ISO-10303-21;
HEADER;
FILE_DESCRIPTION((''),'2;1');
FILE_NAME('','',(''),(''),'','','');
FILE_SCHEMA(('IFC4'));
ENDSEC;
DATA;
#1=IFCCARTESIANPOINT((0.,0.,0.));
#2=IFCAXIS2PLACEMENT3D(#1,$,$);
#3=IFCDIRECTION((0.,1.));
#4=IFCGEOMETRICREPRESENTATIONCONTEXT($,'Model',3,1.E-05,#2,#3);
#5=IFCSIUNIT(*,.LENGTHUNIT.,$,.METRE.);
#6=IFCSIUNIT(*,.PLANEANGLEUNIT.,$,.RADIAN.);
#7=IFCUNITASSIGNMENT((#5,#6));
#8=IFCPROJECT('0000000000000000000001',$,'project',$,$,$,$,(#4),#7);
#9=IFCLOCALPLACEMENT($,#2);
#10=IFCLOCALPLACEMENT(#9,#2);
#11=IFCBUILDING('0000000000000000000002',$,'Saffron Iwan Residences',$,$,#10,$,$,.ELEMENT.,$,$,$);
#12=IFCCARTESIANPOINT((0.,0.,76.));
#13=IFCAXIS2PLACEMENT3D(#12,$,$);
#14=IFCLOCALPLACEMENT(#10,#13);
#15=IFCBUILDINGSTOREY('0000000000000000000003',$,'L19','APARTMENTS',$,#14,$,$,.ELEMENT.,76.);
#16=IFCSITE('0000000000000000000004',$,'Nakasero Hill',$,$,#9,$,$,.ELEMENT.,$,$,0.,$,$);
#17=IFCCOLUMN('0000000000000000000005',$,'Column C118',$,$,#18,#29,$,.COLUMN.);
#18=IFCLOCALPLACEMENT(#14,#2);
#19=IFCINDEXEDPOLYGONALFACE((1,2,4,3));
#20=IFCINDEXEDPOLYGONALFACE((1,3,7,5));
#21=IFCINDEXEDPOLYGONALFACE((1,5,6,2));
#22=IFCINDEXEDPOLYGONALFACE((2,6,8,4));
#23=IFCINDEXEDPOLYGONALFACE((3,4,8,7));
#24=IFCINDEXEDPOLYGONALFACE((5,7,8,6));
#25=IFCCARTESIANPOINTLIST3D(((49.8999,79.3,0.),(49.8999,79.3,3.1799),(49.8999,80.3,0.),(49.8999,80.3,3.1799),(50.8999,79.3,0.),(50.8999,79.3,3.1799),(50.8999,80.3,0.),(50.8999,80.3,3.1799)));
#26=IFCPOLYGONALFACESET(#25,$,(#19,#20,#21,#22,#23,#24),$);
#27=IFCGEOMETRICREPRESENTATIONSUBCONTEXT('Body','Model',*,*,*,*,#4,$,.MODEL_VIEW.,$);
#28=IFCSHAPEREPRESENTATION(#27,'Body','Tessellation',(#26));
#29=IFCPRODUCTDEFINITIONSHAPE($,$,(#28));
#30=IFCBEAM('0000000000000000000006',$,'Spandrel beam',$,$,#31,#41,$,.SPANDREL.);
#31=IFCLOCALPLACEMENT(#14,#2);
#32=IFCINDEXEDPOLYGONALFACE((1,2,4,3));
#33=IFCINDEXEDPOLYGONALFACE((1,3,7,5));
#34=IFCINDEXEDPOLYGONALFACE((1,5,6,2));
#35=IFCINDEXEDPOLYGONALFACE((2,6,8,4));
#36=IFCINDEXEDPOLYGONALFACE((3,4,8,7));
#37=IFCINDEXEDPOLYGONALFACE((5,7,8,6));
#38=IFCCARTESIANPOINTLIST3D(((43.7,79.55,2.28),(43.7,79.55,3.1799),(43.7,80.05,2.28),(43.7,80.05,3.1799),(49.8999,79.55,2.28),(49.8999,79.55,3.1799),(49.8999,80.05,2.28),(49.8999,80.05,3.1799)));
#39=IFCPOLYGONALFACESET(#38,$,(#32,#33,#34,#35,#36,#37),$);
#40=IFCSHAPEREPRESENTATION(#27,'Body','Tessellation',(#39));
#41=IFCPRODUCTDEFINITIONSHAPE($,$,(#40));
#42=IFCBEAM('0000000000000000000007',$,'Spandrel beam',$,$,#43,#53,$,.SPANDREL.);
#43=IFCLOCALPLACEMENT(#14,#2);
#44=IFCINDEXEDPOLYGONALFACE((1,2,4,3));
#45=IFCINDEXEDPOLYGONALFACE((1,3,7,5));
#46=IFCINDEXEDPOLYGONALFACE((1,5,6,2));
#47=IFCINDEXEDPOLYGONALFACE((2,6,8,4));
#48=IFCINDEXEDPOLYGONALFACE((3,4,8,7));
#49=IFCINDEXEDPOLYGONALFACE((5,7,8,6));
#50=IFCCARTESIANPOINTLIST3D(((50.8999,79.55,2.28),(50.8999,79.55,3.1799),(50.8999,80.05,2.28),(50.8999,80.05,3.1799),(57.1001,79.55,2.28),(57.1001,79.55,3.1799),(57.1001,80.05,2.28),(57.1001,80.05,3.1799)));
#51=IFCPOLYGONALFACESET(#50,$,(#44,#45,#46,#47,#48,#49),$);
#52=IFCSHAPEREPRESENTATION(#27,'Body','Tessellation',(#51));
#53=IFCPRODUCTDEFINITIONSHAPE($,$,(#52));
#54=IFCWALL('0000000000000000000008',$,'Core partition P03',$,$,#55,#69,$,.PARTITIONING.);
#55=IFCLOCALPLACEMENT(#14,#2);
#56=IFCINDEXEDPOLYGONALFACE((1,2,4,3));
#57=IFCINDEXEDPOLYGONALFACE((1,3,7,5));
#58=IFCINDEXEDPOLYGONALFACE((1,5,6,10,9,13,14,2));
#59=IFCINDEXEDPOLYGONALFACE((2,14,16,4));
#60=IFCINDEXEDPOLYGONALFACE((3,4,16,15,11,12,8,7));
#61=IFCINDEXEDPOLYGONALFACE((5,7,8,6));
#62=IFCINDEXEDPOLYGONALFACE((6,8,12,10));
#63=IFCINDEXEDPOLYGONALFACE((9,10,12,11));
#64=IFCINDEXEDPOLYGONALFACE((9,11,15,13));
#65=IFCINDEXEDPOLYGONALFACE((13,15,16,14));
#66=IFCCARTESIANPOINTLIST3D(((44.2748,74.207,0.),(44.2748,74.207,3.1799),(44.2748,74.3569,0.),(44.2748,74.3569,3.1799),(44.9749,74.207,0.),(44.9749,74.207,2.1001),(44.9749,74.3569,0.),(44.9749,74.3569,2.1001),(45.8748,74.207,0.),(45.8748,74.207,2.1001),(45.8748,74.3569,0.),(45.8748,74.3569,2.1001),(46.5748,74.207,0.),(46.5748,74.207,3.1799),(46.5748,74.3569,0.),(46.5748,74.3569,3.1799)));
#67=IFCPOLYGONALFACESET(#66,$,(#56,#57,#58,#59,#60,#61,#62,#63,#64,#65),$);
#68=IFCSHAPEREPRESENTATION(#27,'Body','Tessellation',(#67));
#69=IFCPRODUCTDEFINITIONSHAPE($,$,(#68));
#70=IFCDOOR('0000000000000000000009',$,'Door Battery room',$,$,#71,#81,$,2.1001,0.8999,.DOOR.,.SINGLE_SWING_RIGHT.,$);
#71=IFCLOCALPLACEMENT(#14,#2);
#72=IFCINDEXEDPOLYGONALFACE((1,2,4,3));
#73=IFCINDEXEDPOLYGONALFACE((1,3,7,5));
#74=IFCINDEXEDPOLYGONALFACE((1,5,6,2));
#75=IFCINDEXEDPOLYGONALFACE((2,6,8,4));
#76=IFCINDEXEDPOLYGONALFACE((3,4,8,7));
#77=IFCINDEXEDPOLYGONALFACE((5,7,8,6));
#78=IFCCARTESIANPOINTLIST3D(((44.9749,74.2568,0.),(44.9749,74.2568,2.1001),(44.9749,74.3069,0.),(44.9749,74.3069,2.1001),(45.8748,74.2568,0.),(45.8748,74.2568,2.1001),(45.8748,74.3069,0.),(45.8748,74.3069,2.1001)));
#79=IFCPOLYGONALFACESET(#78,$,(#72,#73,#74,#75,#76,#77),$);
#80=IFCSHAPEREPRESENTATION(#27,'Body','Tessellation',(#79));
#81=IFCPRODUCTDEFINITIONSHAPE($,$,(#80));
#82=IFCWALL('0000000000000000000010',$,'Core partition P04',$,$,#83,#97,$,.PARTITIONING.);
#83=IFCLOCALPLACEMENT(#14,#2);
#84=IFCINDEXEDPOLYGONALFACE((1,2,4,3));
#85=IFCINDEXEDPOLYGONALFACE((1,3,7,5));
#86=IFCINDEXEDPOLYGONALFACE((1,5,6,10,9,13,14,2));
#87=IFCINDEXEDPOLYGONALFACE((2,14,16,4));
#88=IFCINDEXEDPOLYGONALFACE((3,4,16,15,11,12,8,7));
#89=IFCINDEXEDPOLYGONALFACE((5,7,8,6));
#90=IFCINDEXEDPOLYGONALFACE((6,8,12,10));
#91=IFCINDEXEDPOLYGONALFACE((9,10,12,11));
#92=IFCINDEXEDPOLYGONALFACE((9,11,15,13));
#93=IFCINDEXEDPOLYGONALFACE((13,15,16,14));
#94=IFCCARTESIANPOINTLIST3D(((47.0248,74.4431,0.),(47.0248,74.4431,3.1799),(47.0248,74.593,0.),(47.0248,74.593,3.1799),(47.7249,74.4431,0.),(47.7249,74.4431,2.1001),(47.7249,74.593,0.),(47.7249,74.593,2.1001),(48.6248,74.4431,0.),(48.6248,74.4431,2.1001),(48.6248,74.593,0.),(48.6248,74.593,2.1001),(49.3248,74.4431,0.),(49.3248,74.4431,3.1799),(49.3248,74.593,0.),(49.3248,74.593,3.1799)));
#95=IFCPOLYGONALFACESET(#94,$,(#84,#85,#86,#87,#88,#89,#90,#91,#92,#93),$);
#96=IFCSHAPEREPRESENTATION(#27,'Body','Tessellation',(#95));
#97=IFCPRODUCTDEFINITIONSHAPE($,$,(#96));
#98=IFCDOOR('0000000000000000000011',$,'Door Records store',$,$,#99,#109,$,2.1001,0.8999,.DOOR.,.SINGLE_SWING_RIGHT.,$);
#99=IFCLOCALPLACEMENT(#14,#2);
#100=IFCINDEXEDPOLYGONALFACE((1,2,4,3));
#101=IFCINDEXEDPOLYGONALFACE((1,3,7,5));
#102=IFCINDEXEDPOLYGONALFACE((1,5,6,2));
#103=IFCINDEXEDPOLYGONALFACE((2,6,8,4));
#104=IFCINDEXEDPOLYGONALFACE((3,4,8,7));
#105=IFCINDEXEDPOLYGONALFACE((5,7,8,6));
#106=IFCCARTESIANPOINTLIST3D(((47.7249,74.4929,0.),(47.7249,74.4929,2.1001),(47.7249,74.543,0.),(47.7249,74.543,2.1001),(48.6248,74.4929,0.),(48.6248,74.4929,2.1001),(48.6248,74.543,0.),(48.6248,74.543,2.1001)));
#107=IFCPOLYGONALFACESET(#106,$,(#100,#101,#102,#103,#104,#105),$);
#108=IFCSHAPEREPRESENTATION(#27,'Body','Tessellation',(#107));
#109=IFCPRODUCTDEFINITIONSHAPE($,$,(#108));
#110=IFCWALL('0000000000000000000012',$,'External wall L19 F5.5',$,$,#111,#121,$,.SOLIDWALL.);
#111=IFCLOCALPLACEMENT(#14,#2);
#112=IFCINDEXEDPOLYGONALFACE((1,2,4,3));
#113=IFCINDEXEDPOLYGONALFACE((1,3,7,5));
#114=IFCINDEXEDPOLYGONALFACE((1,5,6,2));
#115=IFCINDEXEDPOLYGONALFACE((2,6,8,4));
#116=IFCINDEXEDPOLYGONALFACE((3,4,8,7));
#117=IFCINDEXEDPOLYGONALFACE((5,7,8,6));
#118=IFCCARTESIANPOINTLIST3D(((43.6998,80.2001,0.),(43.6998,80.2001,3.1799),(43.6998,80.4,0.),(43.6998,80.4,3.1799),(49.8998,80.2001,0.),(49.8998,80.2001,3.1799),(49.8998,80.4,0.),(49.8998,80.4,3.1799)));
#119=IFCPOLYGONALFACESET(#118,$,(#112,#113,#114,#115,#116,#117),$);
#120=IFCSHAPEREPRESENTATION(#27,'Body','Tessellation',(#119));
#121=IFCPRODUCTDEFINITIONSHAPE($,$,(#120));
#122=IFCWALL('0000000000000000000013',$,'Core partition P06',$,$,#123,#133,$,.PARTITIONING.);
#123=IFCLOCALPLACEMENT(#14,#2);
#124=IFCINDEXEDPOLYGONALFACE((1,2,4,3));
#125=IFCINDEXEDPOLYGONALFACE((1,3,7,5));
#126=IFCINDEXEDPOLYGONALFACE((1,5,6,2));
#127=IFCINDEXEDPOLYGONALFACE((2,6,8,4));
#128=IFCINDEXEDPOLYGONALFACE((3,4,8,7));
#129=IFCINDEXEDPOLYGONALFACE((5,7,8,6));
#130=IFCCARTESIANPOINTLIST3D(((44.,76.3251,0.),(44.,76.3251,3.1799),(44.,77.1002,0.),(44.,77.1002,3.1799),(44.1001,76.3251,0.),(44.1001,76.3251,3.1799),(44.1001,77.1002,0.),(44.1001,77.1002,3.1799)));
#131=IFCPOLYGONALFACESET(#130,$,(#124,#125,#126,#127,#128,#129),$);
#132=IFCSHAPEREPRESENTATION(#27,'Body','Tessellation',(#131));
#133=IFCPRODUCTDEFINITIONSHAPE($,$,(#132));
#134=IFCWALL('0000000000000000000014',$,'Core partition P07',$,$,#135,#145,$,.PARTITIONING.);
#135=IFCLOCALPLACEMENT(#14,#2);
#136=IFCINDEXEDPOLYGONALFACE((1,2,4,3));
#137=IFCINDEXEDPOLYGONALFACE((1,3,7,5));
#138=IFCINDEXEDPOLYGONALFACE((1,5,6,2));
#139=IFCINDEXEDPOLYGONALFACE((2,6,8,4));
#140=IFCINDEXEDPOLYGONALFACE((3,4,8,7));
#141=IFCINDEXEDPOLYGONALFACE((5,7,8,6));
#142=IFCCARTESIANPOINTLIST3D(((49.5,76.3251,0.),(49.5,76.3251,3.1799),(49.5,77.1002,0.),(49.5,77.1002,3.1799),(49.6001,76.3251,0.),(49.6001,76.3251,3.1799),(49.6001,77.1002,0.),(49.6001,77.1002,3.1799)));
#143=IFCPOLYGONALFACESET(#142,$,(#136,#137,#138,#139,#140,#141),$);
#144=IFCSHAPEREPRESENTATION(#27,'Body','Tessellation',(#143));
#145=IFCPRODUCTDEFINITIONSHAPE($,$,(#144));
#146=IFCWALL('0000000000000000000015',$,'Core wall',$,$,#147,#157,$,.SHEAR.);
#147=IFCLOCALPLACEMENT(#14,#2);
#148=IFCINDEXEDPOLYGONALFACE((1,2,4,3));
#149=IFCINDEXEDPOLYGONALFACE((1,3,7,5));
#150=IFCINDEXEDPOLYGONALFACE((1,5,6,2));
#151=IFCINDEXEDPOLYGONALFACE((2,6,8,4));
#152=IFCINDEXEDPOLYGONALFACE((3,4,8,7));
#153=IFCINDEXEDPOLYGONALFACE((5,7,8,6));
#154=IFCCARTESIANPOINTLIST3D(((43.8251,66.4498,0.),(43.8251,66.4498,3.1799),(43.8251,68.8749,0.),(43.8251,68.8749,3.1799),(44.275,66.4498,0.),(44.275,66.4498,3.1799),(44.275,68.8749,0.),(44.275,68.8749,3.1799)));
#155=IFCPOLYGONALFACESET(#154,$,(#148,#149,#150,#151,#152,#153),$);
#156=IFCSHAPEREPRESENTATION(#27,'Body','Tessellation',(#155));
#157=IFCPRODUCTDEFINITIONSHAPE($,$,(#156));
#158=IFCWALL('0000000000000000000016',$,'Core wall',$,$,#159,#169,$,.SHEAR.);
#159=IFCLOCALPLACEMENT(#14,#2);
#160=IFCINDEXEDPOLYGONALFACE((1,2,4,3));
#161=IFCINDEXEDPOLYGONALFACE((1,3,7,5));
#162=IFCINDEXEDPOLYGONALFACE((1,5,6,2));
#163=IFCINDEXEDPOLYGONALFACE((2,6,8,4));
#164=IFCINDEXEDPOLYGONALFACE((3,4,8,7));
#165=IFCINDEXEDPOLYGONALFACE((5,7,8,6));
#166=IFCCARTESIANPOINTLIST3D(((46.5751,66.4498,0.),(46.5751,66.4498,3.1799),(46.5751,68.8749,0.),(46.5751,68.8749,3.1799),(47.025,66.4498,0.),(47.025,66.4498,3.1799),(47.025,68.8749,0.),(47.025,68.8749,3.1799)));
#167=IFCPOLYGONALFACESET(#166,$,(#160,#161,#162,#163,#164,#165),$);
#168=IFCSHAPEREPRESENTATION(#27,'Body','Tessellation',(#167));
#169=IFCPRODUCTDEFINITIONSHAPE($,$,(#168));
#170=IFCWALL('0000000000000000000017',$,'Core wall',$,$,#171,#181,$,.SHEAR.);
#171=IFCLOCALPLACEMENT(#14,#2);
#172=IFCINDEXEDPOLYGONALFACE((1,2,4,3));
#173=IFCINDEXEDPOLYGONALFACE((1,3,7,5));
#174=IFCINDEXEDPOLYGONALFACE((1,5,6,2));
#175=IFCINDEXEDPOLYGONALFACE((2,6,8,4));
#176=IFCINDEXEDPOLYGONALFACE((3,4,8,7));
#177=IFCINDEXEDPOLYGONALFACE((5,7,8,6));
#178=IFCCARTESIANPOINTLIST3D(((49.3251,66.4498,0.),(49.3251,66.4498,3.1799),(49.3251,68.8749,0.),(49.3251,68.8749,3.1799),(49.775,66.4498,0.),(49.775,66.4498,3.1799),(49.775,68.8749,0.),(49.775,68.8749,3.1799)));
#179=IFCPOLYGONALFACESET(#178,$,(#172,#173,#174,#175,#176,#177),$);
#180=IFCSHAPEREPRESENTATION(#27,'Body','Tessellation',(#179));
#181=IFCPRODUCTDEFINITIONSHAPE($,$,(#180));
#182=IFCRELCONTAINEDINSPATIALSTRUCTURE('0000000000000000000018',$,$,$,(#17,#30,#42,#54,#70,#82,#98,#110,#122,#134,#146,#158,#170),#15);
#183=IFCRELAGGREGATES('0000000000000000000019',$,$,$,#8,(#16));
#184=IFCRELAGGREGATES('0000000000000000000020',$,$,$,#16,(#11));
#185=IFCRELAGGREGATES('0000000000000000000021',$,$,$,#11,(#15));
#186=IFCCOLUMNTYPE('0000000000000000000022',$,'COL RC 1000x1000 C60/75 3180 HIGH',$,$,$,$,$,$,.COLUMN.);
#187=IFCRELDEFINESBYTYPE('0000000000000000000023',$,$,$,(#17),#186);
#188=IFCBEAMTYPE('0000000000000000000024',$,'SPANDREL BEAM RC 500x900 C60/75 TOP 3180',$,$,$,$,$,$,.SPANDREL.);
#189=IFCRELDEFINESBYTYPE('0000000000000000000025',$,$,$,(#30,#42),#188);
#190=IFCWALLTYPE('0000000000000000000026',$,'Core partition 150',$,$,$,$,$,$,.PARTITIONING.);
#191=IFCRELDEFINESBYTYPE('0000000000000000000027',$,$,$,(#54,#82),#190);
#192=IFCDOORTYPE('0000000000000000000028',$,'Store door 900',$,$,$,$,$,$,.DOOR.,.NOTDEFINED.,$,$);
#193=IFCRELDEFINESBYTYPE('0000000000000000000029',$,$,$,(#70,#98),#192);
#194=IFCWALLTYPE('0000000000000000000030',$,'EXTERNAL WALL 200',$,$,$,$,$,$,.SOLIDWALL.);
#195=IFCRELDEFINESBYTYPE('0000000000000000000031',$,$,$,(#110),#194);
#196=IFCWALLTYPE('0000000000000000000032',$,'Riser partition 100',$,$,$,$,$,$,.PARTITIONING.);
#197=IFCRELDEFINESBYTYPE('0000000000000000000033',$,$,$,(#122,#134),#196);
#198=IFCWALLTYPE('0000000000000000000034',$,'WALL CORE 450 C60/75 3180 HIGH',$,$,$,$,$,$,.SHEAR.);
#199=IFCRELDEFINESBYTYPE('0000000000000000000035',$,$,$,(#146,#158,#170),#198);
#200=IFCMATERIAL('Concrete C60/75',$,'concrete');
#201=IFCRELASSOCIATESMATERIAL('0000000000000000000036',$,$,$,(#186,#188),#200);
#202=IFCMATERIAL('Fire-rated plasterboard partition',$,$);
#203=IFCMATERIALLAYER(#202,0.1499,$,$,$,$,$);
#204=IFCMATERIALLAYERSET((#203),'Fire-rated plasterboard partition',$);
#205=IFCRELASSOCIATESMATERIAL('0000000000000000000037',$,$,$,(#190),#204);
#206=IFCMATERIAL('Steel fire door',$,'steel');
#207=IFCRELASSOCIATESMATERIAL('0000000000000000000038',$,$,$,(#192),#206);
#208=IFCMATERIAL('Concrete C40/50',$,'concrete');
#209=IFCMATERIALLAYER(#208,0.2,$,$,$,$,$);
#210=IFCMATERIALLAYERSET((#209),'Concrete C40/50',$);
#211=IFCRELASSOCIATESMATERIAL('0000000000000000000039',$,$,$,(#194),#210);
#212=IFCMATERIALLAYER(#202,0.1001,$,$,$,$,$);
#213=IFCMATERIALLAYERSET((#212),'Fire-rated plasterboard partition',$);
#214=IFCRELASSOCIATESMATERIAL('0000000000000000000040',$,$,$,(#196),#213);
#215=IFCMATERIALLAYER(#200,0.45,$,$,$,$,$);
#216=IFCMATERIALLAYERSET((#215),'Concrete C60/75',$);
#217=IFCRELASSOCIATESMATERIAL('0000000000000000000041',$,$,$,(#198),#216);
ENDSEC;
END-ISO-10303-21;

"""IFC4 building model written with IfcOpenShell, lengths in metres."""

from ifc_helpers import new_model, si_unit, direction, frame, frame_2d, origin, origin_2d, place, context, subcontext, project, spatial, rectangle, extrude, source, transform, mapped, material, layer, layer_set, material_profile, profile_set, type_object, element, fill, save


model = new_model("IFC4")

# Units and contexts
model_context = context("Model", 3, precision=1e-05, world=origin(), true_north=direction((0.0, 1.0)))
body_context = subcontext(model_context, "Body", "Model", "MODEL_VIEW")
ifc_project = project(units=[si_unit("LENGTHUNIT", "METRE"), si_unit("PLANEANGLEUNIT", "RADIAN")], contexts=[model_context])

# Site, building, storey
site_placement = place(None, origin())
site = spatial("IfcSite", under=ifc_project, at=site_placement, Name="Nakasero Hill", CompositionType="ELEMENT", RefElevation=0.0)
building_placement = place(site_placement, origin())
building = spatial("IfcBuilding", under=site, at=building_placement, Name="Saffron Iwan Residences", CompositionType="ELEMENT")
storey_placement = place(building_placement, frame((0.0, 0.0, 76.0)))
storey = spatial("IfcBuildingStorey", under=building, at=storey_placement, Name="L19", Description="APARTMENTS", CompositionType="ELEMENT", Elevation=76.0)

# Column
ifc_material_1 = material(Name="Concrete C60/75", Category="concrete")
ifc_material_profile_1 = material_profile(ifc_material_1, rectangle(XDim=1.0, YDim=1.0, at=origin_2d()), Name="RC 1000x1000")
ifc_profile_set_1 = profile_set([ifc_material_profile_1], Name="Concrete C60/75")
column_type = type_object("IfcColumnType", Name="COL RC 1000x1000 C60/75 3180 HIGH", PredefinedType="COLUMN", material=ifc_profile_set_1)
shared_shape_1 = source(origin(), body_context, "Body", "SweptSolid", [
    extrude(rectangle(XDim=1.0, YDim=1.0, at=origin_2d()), origin(), (0.0, 0.0, 1.0), 3.1799),
])
column_placement = place(storey_placement, frame((50.3999, 79.8, 0.0), z_axis=(0.0, 0.0, 1.0), x_axis=(1.0, 0.0, 0.0)))
element("IfcColumn", 1, at=column_placement, inside=storey, type_object=column_type, Name="Column C118", PredefinedType="COLUMN", context=body_context, shape_type="MappedRepresentation", body=[
    mapped(shared_shape_1, transform((0.0, 0.0, 0.0))),
])

# Beams
ifc_material_profile_2 = material_profile(ifc_material_1, rectangle(XDim=0.5, YDim=0.8999, at=origin_2d()), Name="RC 500x900")
ifc_profile_set_2 = profile_set([ifc_material_profile_2], Name="Concrete C60/75")
beam_type = type_object("IfcBeamType", Name="SPANDREL BEAM RC 500x900 C60/75 TOP 3180", PredefinedType="SPANDREL", material=ifc_profile_set_2)
shared_shape_2 = source(origin(), body_context, "Body", "SweptSolid", [
    extrude(rectangle(XDim=0.5, YDim=0.8999, at=origin_2d()), origin(), (0.0, 0.0, 1.0), 6.2),
])
beam_1_placement = place(storey_placement, frame((43.7, 79.8, 2.73), z_axis=(1.0, 0.0, 0.0), x_axis=(0.0, 1.0, 0.0)))
element("IfcBeam", 2, at=beam_1_placement, inside=storey, type_object=beam_type, Name="Spandrel beam", PredefinedType="SPANDREL", context=body_context, shape_type="MappedRepresentation", body=[
    mapped(shared_shape_2, transform((0.0, 0.0, 0.0))),
])
shared_shape_3 = source(origin(), body_context, "Body", "SweptSolid", [
    extrude(rectangle(XDim=0.5, YDim=0.8999, at=origin_2d()), origin(), (0.0, 0.0, 1.0), 6.2002),
])
beam_2_placement = place(storey_placement, frame((50.8999, 79.8, 2.73), z_axis=(1.0, 0.0, 0.0), x_axis=(0.0, 1.0, 0.0)))
element("IfcBeam", 3, at=beam_2_placement, inside=storey, type_object=beam_type, Name="Spandrel beam", PredefinedType="SPANDREL", context=body_context, shape_type="MappedRepresentation", body=[
    mapped(shared_shape_3, transform((0.0, 0.0, 0.0))),
])

# Walls, openings, doors
ifc_material_2 = material(Name="Fire-rated plasterboard partition")
ifc_layer_1 = layer(ifc_material_2, 0.1499)
ifc_layer_set_1 = layer_set([ifc_layer_1], Name="Fire-rated plasterboard partition")
wall_type_1 = type_object("IfcWallType", Name="Core partition 150", PredefinedType="PARTITIONING", material=ifc_layer_set_1)
wall_1_placement = place(storey_placement, frame((44.2749, 74.282, 0.0), z_axis=(0.0, 0.0, 1.0), x_axis=(1.0, 0.0, 0.0)))
wall_1 = element("IfcWall", 4, at=wall_1_placement, inside=storey, type_object=wall_type_1, Name="Core partition P03", PredefinedType="PARTITIONING", context=body_context, shape_type="SweptSolid", body=[
    extrude(rectangle(XDim=2.3, YDim=0.1499, at=frame_2d((1.1499, 0.0))), origin(), (0.0, 0.0, 1.0), 3.1799),
])
opening_1_placement = place(wall_1_placement, frame((0.7, 0.0, 0.0)))
opening_1 = element("IfcOpeningElement", 5, at=opening_1_placement, cuts=wall_1, PredefinedType="OPENING", context=body_context, shape_type="SweptSolid", body=[
    extrude(rectangle(XDim=0.8999, YDim=2.1001, at=frame_2d((0.45, 1.05))), frame((0.0, 0.085, 0.0), z_axis=(0.0, -1.0, 0.0), x_axis=(1.0, 0.0, 0.0)), (0.0, 0.0, 1.0), 0.1699),
])
ifc_material_3 = material(Name="Steel fire door", Category="steel")
door_type = type_object("IfcDoorType", Name="Store door 900", OperationType="NOTDEFINED", PredefinedType="DOOR", material=ifc_material_3)
door_1_placement = place(opening_1_placement, origin())
door_1 = element("IfcDoor", 6, at=door_1_placement, inside=storey, type_object=door_type, Name="Door Battery room", OperationType="SINGLE_SWING_RIGHT", OverallHeight=2.1001, OverallWidth=0.8999, PredefinedType="DOOR", context=body_context, shape_type="SweptSolid", body=[
    extrude(rectangle(XDim=0.8999, YDim=2.1001, at=frame_2d((0.45, 1.05))), frame((0.0, 0.0249, 0.0), z_axis=(0.0, -1.0, 0.0), x_axis=(1.0, 0.0, 0.0)), (0.0, 0.0, 1.0), 0.05),
])
fill(opening_1, door_1)
wall_2_placement = place(storey_placement, frame((47.0249, 74.5181, 0.0), z_axis=(0.0, 0.0, 1.0), x_axis=(1.0, 0.0, 0.0)))
wall_2 = element("IfcWall", 7, at=wall_2_placement, inside=storey, type_object=wall_type_1, Name="Core partition P04", PredefinedType="PARTITIONING", context=body_context, shape_type="SweptSolid", body=[
    extrude(rectangle(XDim=2.3, YDim=0.1499, at=frame_2d((1.1499, 0.0))), origin(), (0.0, 0.0, 1.0), 3.1799),
])
opening_2_placement = place(wall_2_placement, frame((0.7, 0.0, 0.0)))
opening_2 = element("IfcOpeningElement", 8, at=opening_2_placement, cuts=wall_2, PredefinedType="OPENING", context=body_context, shape_type="SweptSolid", body=[
    extrude(rectangle(XDim=0.8999, YDim=2.1001, at=frame_2d((0.45, 1.05))), frame((0.0, 0.085, 0.0), z_axis=(0.0, -1.0, 0.0), x_axis=(1.0, 0.0, 0.0)), (0.0, 0.0, 1.0), 0.1699),
])
door_2_placement = place(opening_2_placement, origin())
door_2 = element("IfcDoor", 9, at=door_2_placement, inside=storey, type_object=door_type, Name="Door Records store", OperationType="SINGLE_SWING_RIGHT", OverallHeight=2.1001, OverallWidth=0.8999, PredefinedType="DOOR", context=body_context, shape_type="SweptSolid", body=[
    extrude(rectangle(XDim=0.8999, YDim=2.1001, at=frame_2d((0.45, 1.05))), frame((0.0, 0.0249, 0.0), z_axis=(0.0, -1.0, 0.0), x_axis=(1.0, 0.0, 0.0)), (0.0, 0.0, 1.0), 0.05),
])
fill(opening_2, door_2)

# Walls
ifc_material_4 = material(Name="Concrete C40/50", Category="concrete")
ifc_layer_2 = layer(ifc_material_4, 0.2)
ifc_layer_set_2 = layer_set([ifc_layer_2], Name="Concrete C40/50")
wall_type_2 = type_object("IfcWallType", Name="EXTERNAL WALL 200", PredefinedType="SOLIDWALL", material=ifc_layer_set_2)
wall_3_placement = place(storey_placement, frame((49.8999, 80.3, 0.0), z_axis=(0.0, 0.0, 1.0), x_axis=(-1.0, 0.0, 0.0)))
element("IfcWall", 10, at=wall_3_placement, inside=storey, type_object=wall_type_2, Name="External wall L19 F5.5", PredefinedType="SOLIDWALL", context=body_context, shape_type="SweptSolid", body=[
    extrude(rectangle(XDim=6.2, YDim=0.2, at=frame_2d((3.1001, 0.0))), origin(), (0.0, 0.0, 1.0), 3.1799),
])
ifc_layer_3 = layer(ifc_material_2, 0.1001)
ifc_layer_set_3 = layer_set([ifc_layer_3], Name="Fire-rated plasterboard partition")
wall_type_3 = type_object("IfcWallType", Name="Riser partition 100", PredefinedType="PARTITIONING", material=ifc_layer_set_3)
for number, where, z_axis, x_axis, name in (
    (11, (44.05, 76.325, 0.0), (0.0, 0.0, 1.0), (0.0, 1.0, 0.0), "Core partition P06"),
    (12, (49.55, 76.325, 0.0), (0.0, 0.0, 1.0), (0.0, 1.0, 0.0), "Core partition P07"),
):
    element("IfcWall", number, at=place(storey_placement, frame(where, z_axis=z_axis, x_axis=x_axis)), inside=storey, type_object=wall_type_3, Name=name, PredefinedType="PARTITIONING", context=body_context, shape_type="SweptSolid", body=[
        extrude(rectangle(XDim=0.7751, YDim=0.1001, at=frame_2d((0.3877, 0.0))), origin(), (0.0, 0.0, 1.0), 3.1799),
    ])
ifc_layer_4 = layer(ifc_material_1, 0.45)
ifc_layer_set_4 = layer_set([ifc_layer_4], Name="Concrete C60/75")
wall_type_4 = type_object("IfcWallType", Name="WALL CORE 450 C60/75 3180 HIGH", PredefinedType="SHEAR", material=ifc_layer_set_4)
for number, where, z_axis, x_axis, name in (
    (13, (44.05, 66.45, 0.0), (0.0, 0.0, 1.0), (0.0, 1.0, 0.0), "Core wall"),
    (14, (46.8, 66.45, 0.0), (0.0, 0.0, 1.0), (0.0, 1.0, 0.0), "Core wall"),
    (15, (49.55, 66.45, 0.0), (0.0, 0.0, 1.0), (0.0, 1.0, 0.0), "Core wall"),
):
    element("IfcWall", number, at=place(storey_placement, frame(where, z_axis=z_axis, x_axis=x_axis)), inside=storey, type_object=wall_type_4, Name=name, PredefinedType="SHEAR", context=body_context, shape_type="SweptSolid", body=[
        extrude(rectangle(XDim=2.425, YDim=0.45, at=frame_2d((1.2124, 0.0))), origin(), (0.0, 0.0, 1.0), 3.1799),
    ])

save(model, "model.ifc")
